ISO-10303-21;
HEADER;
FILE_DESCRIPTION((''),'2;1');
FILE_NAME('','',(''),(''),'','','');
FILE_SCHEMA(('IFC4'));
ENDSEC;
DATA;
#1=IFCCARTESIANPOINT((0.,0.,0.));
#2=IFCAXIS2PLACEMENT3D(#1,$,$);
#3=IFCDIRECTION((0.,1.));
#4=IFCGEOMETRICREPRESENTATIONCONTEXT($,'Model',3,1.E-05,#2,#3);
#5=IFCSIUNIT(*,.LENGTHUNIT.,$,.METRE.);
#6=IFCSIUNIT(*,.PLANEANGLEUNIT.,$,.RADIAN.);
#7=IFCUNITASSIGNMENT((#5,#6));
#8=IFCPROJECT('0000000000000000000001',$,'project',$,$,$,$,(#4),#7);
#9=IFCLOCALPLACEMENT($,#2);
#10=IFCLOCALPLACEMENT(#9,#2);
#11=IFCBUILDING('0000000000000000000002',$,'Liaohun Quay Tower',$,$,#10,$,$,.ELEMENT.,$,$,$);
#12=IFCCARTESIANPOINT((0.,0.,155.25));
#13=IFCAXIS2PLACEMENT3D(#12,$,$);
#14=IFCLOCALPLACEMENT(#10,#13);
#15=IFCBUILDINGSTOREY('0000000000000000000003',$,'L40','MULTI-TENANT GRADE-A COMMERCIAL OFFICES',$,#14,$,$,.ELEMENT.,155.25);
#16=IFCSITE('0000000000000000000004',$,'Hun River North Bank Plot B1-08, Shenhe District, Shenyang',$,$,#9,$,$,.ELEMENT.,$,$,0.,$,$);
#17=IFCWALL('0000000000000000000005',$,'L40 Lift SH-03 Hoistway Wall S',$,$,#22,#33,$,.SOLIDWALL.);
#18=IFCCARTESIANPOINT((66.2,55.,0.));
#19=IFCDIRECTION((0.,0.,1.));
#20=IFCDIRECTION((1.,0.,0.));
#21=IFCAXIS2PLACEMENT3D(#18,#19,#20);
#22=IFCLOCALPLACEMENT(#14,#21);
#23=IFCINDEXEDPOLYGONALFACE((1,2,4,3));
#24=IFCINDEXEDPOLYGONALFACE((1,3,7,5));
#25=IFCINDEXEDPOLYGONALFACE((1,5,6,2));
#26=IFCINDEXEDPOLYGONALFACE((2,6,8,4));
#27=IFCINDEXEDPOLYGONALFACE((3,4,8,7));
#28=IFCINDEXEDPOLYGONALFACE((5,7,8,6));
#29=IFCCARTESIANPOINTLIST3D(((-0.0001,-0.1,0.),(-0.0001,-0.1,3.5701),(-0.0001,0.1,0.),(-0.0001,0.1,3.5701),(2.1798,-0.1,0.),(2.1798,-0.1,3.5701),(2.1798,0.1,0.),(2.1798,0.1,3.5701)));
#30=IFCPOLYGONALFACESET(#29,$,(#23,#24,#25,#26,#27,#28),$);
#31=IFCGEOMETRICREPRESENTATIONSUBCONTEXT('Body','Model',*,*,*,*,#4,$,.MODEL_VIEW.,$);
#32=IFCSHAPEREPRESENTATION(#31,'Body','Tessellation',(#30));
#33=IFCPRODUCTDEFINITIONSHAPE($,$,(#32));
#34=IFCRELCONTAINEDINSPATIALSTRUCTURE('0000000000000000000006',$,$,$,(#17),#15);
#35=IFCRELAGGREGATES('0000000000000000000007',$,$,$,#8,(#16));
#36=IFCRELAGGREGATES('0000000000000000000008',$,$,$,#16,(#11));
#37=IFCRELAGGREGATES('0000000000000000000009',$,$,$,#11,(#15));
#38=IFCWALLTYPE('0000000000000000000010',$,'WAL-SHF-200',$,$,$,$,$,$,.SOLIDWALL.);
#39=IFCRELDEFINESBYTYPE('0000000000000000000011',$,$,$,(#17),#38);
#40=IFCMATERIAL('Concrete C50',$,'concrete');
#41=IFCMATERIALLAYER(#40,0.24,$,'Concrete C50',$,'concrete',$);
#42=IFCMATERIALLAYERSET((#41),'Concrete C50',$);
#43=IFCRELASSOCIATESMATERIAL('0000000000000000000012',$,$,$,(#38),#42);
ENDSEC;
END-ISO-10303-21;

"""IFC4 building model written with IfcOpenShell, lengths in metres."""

from ifc_helpers import new_model, si_unit, direction, frame, frame_2d, origin, place, context, subcontext, project, spatial, rectangle, extrude, material, layer, layer_set, type_object, element, save


model = new_model("IFC4")

# Units and contexts
model_context = context("Model", 3, precision=1e-05, world=origin(), true_north=direction((0.0, 1.0)))
body_context = subcontext(model_context, "Body", "Model", "MODEL_VIEW")
ifc_project = project(units=[si_unit("LENGTHUNIT", "METRE"), si_unit("PLANEANGLEUNIT", "RADIAN")], contexts=[model_context])

# Site, building, storey
site_placement = place(None, origin())
site = spatial("IfcSite", under=ifc_project, at=site_placement, Name="Hun River North Bank Plot B1-08, Shenhe District, Shenyang", CompositionType="ELEMENT", RefElevation=0.0)
building_placement = place(site_placement, origin())
building = spatial("IfcBuilding", under=site, at=building_placement, Name="Liaohun Quay Tower", CompositionType="ELEMENT")
storey_placement = place(building_placement, frame((0.0, 0.0, 155.25)))
storey = spatial("IfcBuildingStorey", under=building, at=storey_placement, Name="L40", Description="MULTI-TENANT GRADE-A COMMERCIAL OFFICES", CompositionType="ELEMENT", Elevation=155.25)

# Shared definitions
ifc_material_1 = material(Name="Concrete C50", Category="concrete")
ifc_layer_1 = layer(ifc_material_1, 0.24, Name="Concrete C50", Category="concrete")
ifc_layer_set_1 = layer_set([ifc_layer_1], Name="Concrete C50")
wall_type_1 = type_object("IfcWallType", Name="WAL-SHF-200", PredefinedType="SOLIDWALL", material=ifc_layer_set_1)

# Wall
wall_1_placement = place(storey_placement, frame((66.2, 55.0, 0.0), z_axis=(0.0, 0.0, 1.0), x_axis=(1.0, 0.0, 0.0)))
element("IfcWall", 1, at=wall_1_placement, inside=storey, type_object=wall_type_1, Name="L40 Lift SH-03 Hoistway Wall S", PredefinedType="SOLIDWALL", context=body_context, shape_type="SweptSolid", body=[
    extrude(rectangle(XDim=2.1799, YDim=0.2, at=frame_2d((1.0898, 0.0))), origin(), (0.0, 0.0, 1.0), 3.5701),
])

save(model, "model.ifc")
